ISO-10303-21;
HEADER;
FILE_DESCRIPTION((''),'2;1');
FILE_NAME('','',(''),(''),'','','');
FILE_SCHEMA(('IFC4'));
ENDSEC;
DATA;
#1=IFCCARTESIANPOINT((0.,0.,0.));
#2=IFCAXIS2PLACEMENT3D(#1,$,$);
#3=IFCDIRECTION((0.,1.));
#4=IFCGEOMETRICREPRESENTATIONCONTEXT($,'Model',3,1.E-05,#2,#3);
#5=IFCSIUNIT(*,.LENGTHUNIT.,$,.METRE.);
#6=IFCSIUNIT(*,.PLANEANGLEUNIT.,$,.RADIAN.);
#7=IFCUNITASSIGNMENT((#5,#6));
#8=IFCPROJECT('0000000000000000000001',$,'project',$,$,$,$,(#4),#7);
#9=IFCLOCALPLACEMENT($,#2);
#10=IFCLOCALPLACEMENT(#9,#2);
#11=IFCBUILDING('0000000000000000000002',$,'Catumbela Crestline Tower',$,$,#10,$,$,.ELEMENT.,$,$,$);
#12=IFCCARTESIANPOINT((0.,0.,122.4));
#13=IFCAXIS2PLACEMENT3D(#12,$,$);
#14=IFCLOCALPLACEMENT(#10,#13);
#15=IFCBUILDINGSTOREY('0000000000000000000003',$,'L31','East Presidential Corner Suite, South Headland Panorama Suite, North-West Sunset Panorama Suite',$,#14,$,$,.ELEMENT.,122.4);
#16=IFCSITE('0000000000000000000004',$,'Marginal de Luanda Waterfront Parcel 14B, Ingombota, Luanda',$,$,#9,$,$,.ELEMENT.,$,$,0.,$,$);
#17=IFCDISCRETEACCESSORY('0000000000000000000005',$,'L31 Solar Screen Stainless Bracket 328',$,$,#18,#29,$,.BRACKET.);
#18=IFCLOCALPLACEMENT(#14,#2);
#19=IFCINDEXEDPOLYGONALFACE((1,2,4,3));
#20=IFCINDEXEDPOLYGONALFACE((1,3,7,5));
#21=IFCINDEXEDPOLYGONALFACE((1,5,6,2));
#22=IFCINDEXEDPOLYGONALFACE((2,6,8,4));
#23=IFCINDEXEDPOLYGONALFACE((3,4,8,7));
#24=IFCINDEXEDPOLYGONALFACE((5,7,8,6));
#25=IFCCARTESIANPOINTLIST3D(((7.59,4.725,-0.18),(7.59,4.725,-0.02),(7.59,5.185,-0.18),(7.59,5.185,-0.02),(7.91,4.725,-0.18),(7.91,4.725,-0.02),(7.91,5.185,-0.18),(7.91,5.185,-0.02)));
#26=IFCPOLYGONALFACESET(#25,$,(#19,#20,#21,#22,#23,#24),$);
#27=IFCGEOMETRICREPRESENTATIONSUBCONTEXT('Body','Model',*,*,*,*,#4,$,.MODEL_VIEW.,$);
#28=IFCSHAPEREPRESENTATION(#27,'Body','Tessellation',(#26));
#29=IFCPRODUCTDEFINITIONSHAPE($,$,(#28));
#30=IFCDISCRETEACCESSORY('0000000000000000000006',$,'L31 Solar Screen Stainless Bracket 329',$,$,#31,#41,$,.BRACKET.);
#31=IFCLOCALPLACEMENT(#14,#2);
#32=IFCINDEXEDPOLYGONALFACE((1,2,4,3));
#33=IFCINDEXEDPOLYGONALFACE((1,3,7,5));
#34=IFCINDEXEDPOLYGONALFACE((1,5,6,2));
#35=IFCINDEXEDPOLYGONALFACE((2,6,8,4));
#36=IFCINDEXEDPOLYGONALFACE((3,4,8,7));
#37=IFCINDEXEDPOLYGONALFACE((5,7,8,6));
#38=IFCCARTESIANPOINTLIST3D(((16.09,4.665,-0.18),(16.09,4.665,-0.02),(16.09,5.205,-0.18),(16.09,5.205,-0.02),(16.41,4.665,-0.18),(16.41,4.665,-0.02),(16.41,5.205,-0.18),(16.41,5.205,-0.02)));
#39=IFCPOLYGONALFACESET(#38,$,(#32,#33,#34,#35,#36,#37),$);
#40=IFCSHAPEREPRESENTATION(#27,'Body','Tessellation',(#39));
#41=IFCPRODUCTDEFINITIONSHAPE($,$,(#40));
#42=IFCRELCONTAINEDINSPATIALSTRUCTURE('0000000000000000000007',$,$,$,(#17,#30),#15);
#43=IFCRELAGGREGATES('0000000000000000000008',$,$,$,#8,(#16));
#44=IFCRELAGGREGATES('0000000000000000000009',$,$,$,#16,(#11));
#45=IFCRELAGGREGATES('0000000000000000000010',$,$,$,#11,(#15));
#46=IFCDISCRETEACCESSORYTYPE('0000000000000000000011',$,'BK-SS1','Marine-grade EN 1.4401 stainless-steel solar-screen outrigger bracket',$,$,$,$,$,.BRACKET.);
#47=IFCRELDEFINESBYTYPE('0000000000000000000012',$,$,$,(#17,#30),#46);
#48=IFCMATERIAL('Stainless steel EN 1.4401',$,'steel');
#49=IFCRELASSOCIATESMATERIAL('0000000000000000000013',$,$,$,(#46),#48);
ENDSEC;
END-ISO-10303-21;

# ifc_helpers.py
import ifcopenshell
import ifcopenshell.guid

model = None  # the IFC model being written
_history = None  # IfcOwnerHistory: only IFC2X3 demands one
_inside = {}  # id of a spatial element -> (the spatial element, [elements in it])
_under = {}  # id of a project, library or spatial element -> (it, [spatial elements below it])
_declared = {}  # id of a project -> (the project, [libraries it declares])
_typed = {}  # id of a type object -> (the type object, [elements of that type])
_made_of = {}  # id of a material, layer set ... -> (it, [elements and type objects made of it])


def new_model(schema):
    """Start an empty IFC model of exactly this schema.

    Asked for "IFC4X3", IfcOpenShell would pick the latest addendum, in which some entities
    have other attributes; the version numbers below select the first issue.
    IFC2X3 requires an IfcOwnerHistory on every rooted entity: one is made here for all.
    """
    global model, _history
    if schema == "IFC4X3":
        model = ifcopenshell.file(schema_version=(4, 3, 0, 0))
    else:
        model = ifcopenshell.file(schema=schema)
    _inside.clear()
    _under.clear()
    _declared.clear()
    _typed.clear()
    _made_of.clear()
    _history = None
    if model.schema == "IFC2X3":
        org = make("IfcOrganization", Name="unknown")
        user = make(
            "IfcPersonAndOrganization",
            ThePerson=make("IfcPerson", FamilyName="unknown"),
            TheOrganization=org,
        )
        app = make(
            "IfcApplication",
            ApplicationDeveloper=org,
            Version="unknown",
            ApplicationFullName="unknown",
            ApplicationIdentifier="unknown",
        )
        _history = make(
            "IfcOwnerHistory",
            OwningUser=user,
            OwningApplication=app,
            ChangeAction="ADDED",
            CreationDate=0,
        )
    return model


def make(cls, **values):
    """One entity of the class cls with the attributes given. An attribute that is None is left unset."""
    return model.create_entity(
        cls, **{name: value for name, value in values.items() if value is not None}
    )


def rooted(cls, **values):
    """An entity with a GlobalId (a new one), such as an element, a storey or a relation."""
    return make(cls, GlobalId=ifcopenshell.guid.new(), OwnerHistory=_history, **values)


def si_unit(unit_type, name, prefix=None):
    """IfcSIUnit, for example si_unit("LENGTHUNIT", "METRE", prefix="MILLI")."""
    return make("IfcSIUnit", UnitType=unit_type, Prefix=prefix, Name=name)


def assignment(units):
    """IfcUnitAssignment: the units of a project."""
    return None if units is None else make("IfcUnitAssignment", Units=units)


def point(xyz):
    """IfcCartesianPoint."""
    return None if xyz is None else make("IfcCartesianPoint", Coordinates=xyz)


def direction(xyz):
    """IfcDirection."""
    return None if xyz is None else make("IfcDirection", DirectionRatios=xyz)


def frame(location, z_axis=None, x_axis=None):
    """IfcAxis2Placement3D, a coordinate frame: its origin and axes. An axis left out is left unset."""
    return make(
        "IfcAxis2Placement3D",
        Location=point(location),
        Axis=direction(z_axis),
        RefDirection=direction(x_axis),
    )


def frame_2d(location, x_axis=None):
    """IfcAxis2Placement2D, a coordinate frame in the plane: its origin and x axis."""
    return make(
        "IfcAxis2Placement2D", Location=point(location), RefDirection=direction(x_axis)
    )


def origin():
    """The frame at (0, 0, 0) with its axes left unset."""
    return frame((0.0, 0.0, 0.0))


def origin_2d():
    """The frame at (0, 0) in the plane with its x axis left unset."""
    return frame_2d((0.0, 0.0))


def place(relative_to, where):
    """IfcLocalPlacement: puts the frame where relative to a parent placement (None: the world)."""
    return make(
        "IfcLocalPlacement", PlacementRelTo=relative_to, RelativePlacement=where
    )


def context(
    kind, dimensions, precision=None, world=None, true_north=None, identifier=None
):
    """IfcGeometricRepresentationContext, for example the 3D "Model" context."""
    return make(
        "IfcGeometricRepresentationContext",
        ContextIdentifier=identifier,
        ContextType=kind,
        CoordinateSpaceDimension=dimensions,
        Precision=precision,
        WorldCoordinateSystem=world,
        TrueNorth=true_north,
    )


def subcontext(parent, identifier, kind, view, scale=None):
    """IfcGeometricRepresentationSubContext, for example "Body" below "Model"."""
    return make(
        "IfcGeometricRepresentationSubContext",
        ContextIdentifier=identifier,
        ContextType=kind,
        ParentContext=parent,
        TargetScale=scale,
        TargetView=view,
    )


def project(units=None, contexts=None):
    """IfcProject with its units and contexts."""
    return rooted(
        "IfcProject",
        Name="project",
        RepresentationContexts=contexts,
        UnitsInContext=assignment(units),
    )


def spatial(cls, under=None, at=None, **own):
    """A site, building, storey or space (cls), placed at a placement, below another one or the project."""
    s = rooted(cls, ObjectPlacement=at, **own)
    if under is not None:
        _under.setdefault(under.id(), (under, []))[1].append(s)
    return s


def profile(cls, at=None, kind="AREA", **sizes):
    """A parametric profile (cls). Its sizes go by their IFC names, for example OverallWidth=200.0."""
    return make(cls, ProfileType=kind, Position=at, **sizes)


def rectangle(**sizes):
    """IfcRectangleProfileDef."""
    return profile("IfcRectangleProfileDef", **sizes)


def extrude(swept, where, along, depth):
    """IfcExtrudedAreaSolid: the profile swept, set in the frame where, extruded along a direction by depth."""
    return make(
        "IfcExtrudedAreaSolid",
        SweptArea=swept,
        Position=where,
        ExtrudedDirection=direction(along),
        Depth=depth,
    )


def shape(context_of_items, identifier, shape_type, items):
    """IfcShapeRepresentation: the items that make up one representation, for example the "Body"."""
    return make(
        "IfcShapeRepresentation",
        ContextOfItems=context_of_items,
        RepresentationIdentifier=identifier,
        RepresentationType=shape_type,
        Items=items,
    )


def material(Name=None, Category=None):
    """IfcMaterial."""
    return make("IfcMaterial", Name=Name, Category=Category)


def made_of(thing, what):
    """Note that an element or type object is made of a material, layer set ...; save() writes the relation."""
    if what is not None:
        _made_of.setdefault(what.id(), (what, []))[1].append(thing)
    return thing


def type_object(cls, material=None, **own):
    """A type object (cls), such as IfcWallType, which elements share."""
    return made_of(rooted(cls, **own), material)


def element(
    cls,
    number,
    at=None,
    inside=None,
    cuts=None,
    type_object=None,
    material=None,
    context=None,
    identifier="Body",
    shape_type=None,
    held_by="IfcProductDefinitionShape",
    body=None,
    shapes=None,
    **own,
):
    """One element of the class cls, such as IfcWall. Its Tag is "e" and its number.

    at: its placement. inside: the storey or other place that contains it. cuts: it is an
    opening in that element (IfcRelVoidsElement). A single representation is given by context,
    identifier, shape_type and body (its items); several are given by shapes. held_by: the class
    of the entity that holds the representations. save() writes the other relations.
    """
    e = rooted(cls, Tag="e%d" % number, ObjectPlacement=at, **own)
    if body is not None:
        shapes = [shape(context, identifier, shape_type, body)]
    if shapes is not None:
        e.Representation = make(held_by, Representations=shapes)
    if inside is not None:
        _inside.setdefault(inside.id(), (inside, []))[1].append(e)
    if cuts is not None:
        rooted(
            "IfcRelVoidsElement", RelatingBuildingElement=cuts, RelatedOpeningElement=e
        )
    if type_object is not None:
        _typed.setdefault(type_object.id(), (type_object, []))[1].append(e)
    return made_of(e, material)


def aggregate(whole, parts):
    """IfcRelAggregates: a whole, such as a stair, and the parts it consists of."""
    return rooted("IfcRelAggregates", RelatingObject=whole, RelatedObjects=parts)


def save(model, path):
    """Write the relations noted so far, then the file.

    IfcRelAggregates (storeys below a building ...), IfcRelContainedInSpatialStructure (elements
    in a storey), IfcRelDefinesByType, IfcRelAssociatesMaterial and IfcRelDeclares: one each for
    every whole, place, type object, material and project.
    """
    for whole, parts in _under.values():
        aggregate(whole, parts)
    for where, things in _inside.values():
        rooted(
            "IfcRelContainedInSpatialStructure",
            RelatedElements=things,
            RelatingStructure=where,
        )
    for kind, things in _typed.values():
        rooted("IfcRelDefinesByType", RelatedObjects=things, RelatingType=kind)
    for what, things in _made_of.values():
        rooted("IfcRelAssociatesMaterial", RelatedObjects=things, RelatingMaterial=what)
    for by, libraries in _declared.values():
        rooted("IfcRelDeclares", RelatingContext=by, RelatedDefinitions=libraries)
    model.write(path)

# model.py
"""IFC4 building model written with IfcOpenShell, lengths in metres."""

from ifc_helpers import new_model, si_unit, direction, frame, origin, origin_2d, place, context, subcontext, project, spatial, rectangle, extrude, material, type_object, element, save


model = new_model("IFC4")

# Units and contexts
model_context = context("Model", 3, precision=1e-05, world=origin(), true_north=direction((0.0, 1.0)))
body_context = subcontext(model_context, "Body", "Model", "MODEL_VIEW")
ifc_project = project(units=[si_unit("LENGTHUNIT", "METRE"), si_unit("PLANEANGLEUNIT", "RADIAN")], contexts=[model_context])

# Site, building, storey
site_placement = place(None, origin())
site = spatial("IfcSite", under=ifc_project, at=site_placement, Name="Marginal de Luanda Waterfront Parcel 14B, Ingombota, Luanda", CompositionType="ELEMENT", RefElevation=0.0)
building_placement = place(site_placement, origin())
building = spatial("IfcBuilding", under=site, at=building_placement, Name="Catumbela Crestline Tower", CompositionType="ELEMENT")
storey_placement = place(building_placement, frame((0.0, 0.0, 122.4)))
storey = spatial("IfcBuildingStorey", under=building, at=storey_placement, Name="L31", Description="East Presidential Corner Suite, South Headland Panorama Suite, North-West Sunset Panorama Suite", CompositionType="ELEMENT", Elevation=122.4)

# Discrete accessories
ifc_material_1 = material(Name="Stainless steel EN 1.4401", Category="steel")
discrete_accessory_type = type_object("IfcDiscreteAccessoryType", Name="BK-SS1", Description="Marine-grade EN 1.4401 stainless-steel solar-screen outrigger bracket", PredefinedType="BRACKET", material=ifc_material_1)
discrete_accessory_1_placement = place(storey_placement, frame((7.75, 4.955, -0.18), z_axis=(0.0, 0.0, 1.0), x_axis=(1.0, 0.0, 0.0)))
element("IfcDiscreteAccessory", 1, at=discrete_accessory_1_placement, inside=storey, type_object=discrete_accessory_type, Name="L31 Solar Screen Stainless Bracket 328", PredefinedType="BRACKET", context=body_context, shape_type="SweptSolid", body=[
    extrude(rectangle(XDim=0.32, YDim=0.46, at=origin_2d()), origin(), (0.0, 0.0, 1.0), 0.16),
])
discrete_accessory_2_placement = place(storey_placement, frame((16.25, 4.935, -0.18), z_axis=(0.0, 0.0, 1.0), x_axis=(1.0, 0.0, 0.0)))
element("IfcDiscreteAccessory", 2, at=discrete_accessory_2_placement, inside=storey, type_object=discrete_accessory_type, Name="L31 Solar Screen Stainless Bracket 329", PredefinedType="BRACKET", context=body_context, shape_type="SweptSolid", body=[
    extrude(rectangle(XDim=0.32, YDim=0.54, at=origin_2d()), origin(), (0.0, 0.0, 1.0), 0.16),
])

save(model, "model.ifc")
